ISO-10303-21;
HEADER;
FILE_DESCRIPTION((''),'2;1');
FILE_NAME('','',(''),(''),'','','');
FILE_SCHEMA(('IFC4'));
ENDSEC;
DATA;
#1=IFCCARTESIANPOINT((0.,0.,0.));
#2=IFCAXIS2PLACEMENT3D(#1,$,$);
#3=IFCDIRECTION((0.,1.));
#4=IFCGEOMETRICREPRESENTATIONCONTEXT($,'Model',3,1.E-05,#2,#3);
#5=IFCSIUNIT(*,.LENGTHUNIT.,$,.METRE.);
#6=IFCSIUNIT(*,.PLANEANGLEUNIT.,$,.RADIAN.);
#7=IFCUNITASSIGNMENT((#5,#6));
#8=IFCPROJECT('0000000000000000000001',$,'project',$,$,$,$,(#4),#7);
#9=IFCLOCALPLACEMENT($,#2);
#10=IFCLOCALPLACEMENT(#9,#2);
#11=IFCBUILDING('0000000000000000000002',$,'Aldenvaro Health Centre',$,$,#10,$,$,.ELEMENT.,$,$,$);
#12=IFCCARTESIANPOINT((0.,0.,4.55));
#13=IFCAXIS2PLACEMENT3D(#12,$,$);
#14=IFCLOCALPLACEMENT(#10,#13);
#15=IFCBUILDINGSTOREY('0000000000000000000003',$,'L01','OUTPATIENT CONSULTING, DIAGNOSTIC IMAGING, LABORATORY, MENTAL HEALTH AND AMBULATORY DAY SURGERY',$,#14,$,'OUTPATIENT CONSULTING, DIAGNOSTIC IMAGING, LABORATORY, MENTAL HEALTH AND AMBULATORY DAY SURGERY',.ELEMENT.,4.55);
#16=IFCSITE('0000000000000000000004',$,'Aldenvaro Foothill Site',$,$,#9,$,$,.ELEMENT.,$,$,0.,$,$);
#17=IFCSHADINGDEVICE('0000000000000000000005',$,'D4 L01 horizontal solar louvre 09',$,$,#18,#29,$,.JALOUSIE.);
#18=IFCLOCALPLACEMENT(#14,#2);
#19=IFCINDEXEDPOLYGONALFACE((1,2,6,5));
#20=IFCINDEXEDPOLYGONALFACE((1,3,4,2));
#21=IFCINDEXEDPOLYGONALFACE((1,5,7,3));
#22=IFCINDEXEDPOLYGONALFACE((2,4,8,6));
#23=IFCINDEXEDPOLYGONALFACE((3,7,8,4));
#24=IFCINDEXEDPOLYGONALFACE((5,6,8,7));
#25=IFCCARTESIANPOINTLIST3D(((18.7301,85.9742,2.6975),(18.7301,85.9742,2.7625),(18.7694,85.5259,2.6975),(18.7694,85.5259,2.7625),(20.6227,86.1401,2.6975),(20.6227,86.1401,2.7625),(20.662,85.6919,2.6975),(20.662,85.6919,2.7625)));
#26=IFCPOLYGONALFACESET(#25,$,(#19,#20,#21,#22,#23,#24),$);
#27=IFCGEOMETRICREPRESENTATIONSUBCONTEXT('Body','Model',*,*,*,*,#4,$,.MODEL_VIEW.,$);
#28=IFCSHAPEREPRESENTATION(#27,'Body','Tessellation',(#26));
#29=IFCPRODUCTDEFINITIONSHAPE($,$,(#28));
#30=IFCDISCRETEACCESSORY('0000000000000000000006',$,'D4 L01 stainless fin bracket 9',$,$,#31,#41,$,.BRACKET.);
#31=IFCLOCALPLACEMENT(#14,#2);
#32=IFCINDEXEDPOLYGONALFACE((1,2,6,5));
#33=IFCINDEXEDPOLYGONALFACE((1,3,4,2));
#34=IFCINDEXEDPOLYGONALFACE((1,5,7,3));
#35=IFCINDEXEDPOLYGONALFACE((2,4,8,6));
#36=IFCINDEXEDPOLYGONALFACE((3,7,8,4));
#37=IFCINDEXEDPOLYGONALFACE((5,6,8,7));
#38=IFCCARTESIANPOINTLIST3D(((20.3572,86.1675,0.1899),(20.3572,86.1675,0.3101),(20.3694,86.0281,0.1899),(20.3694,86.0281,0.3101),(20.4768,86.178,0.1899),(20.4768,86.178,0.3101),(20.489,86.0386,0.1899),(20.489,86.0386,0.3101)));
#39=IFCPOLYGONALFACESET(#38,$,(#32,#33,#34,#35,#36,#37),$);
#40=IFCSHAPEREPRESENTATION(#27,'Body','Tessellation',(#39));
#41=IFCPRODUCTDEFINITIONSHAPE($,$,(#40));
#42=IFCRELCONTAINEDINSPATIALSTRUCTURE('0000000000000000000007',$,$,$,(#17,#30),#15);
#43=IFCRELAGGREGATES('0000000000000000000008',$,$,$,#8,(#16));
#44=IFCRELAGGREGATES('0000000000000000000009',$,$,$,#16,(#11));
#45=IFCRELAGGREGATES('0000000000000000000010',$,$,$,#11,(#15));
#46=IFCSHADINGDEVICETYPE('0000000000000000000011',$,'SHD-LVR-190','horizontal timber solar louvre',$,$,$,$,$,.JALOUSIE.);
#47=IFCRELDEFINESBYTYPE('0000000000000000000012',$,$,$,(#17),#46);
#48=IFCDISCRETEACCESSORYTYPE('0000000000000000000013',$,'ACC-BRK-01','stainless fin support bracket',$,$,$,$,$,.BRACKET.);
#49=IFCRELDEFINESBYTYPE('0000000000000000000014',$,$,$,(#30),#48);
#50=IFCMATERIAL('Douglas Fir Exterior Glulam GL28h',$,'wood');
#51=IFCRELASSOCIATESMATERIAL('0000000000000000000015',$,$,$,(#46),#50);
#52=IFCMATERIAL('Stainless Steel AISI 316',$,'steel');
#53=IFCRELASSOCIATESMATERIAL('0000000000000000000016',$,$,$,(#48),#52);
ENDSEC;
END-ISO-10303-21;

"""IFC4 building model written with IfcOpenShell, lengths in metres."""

from ifc_helpers import new_model, si_unit, direction, frame, origin, origin_2d, place, context, subcontext, project, spatial, rectangle, extrude, material, type_object, element, save


model = new_model("IFC4")

# Units and contexts
model_context = context("Model", 3, precision=1e-05, world=origin(), true_north=direction((0.0, 1.0)))
body_context = subcontext(model_context, "Body", "Model", "MODEL_VIEW")
ifc_project = project(units=[si_unit("LENGTHUNIT", "METRE"), si_unit("PLANEANGLEUNIT", "RADIAN")], contexts=[model_context])

# Site, building, storey
site_placement = place(None, origin())
site = spatial("IfcSite", under=ifc_project, at=site_placement, Name="Aldenvaro Foothill Site", CompositionType="ELEMENT", RefElevation=0.0)
building_placement = place(site_placement, origin())
building = spatial("IfcBuilding", under=site, at=building_placement, Name="Aldenvaro Health Centre", CompositionType="ELEMENT")
storey_placement = place(building_placement, frame((0.0, 0.0, 4.55)))
storey = spatial("IfcBuildingStorey", under=building, at=storey_placement, Name="L01", Description="OUTPATIENT CONSULTING, DIAGNOSTIC IMAGING, LABORATORY, MENTAL HEALTH AND AMBULATORY DAY SURGERY", LongName="OUTPATIENT CONSULTING, DIAGNOSTIC IMAGING, LABORATORY, MENTAL HEALTH AND AMBULATORY DAY SURGERY", CompositionType="ELEMENT", Elevation=4.55)

# Shading device
ifc_material_1 = material(Name="Douglas Fir Exterior Glulam GL28h", Category="wood")
shading_device_type_1 = type_object("IfcShadingDeviceType", Name="SHD-LVR-190", Description="horizontal timber solar louvre", PredefinedType="JALOUSIE", material=ifc_material_1)
shading_device_1_placement = place(storey_placement, frame((19.696, 85.833, 2.6975), z_axis=(0.0, 0.0, 1.0), x_axis=(-0.996179, -0.087332, 0.0)))
element("IfcShadingDevice", 1, at=shading_device_1_placement, inside=storey, type_object=shading_device_type_1, Name="D4 L01 horizontal solar louvre 09", PredefinedType="JALOUSIE", context=body_context, shape_type="SweptSolid", body=[
    extrude(rectangle(XDim=1.8999, YDim=0.45, at=origin_2d()), origin(), (0.0, 0.0, 1.0), 0.0649),
])

# Discrete accessory
ifc_material_2 = material(Name="Stainless Steel AISI 316", Category="steel")
discrete_accessory_type = type_object("IfcDiscreteAccessoryType", Name="ACC-BRK-01", Description="stainless fin support bracket", PredefinedType="BRACKET", material=ifc_material_2)
discrete_accessory_placement = place(storey_placement, frame((20.4231, 86.103, 0.1899), z_axis=(0.0, 0.0, 1.0), x_axis=(-0.996179, -0.087332, 0.0)))
element("IfcDiscreteAccessory", 2, at=discrete_accessory_placement, inside=storey, type_object=discrete_accessory_type, Name="D4 L01 stainless fin bracket 9", PredefinedType="BRACKET", context=body_context, shape_type="SweptSolid", body=[
    extrude(rectangle(XDim=0.1201, YDim=0.1399, at=origin_2d()), origin(), (0.0, 0.0, 1.0), 0.1201),
])

save(model, "model.ifc")
